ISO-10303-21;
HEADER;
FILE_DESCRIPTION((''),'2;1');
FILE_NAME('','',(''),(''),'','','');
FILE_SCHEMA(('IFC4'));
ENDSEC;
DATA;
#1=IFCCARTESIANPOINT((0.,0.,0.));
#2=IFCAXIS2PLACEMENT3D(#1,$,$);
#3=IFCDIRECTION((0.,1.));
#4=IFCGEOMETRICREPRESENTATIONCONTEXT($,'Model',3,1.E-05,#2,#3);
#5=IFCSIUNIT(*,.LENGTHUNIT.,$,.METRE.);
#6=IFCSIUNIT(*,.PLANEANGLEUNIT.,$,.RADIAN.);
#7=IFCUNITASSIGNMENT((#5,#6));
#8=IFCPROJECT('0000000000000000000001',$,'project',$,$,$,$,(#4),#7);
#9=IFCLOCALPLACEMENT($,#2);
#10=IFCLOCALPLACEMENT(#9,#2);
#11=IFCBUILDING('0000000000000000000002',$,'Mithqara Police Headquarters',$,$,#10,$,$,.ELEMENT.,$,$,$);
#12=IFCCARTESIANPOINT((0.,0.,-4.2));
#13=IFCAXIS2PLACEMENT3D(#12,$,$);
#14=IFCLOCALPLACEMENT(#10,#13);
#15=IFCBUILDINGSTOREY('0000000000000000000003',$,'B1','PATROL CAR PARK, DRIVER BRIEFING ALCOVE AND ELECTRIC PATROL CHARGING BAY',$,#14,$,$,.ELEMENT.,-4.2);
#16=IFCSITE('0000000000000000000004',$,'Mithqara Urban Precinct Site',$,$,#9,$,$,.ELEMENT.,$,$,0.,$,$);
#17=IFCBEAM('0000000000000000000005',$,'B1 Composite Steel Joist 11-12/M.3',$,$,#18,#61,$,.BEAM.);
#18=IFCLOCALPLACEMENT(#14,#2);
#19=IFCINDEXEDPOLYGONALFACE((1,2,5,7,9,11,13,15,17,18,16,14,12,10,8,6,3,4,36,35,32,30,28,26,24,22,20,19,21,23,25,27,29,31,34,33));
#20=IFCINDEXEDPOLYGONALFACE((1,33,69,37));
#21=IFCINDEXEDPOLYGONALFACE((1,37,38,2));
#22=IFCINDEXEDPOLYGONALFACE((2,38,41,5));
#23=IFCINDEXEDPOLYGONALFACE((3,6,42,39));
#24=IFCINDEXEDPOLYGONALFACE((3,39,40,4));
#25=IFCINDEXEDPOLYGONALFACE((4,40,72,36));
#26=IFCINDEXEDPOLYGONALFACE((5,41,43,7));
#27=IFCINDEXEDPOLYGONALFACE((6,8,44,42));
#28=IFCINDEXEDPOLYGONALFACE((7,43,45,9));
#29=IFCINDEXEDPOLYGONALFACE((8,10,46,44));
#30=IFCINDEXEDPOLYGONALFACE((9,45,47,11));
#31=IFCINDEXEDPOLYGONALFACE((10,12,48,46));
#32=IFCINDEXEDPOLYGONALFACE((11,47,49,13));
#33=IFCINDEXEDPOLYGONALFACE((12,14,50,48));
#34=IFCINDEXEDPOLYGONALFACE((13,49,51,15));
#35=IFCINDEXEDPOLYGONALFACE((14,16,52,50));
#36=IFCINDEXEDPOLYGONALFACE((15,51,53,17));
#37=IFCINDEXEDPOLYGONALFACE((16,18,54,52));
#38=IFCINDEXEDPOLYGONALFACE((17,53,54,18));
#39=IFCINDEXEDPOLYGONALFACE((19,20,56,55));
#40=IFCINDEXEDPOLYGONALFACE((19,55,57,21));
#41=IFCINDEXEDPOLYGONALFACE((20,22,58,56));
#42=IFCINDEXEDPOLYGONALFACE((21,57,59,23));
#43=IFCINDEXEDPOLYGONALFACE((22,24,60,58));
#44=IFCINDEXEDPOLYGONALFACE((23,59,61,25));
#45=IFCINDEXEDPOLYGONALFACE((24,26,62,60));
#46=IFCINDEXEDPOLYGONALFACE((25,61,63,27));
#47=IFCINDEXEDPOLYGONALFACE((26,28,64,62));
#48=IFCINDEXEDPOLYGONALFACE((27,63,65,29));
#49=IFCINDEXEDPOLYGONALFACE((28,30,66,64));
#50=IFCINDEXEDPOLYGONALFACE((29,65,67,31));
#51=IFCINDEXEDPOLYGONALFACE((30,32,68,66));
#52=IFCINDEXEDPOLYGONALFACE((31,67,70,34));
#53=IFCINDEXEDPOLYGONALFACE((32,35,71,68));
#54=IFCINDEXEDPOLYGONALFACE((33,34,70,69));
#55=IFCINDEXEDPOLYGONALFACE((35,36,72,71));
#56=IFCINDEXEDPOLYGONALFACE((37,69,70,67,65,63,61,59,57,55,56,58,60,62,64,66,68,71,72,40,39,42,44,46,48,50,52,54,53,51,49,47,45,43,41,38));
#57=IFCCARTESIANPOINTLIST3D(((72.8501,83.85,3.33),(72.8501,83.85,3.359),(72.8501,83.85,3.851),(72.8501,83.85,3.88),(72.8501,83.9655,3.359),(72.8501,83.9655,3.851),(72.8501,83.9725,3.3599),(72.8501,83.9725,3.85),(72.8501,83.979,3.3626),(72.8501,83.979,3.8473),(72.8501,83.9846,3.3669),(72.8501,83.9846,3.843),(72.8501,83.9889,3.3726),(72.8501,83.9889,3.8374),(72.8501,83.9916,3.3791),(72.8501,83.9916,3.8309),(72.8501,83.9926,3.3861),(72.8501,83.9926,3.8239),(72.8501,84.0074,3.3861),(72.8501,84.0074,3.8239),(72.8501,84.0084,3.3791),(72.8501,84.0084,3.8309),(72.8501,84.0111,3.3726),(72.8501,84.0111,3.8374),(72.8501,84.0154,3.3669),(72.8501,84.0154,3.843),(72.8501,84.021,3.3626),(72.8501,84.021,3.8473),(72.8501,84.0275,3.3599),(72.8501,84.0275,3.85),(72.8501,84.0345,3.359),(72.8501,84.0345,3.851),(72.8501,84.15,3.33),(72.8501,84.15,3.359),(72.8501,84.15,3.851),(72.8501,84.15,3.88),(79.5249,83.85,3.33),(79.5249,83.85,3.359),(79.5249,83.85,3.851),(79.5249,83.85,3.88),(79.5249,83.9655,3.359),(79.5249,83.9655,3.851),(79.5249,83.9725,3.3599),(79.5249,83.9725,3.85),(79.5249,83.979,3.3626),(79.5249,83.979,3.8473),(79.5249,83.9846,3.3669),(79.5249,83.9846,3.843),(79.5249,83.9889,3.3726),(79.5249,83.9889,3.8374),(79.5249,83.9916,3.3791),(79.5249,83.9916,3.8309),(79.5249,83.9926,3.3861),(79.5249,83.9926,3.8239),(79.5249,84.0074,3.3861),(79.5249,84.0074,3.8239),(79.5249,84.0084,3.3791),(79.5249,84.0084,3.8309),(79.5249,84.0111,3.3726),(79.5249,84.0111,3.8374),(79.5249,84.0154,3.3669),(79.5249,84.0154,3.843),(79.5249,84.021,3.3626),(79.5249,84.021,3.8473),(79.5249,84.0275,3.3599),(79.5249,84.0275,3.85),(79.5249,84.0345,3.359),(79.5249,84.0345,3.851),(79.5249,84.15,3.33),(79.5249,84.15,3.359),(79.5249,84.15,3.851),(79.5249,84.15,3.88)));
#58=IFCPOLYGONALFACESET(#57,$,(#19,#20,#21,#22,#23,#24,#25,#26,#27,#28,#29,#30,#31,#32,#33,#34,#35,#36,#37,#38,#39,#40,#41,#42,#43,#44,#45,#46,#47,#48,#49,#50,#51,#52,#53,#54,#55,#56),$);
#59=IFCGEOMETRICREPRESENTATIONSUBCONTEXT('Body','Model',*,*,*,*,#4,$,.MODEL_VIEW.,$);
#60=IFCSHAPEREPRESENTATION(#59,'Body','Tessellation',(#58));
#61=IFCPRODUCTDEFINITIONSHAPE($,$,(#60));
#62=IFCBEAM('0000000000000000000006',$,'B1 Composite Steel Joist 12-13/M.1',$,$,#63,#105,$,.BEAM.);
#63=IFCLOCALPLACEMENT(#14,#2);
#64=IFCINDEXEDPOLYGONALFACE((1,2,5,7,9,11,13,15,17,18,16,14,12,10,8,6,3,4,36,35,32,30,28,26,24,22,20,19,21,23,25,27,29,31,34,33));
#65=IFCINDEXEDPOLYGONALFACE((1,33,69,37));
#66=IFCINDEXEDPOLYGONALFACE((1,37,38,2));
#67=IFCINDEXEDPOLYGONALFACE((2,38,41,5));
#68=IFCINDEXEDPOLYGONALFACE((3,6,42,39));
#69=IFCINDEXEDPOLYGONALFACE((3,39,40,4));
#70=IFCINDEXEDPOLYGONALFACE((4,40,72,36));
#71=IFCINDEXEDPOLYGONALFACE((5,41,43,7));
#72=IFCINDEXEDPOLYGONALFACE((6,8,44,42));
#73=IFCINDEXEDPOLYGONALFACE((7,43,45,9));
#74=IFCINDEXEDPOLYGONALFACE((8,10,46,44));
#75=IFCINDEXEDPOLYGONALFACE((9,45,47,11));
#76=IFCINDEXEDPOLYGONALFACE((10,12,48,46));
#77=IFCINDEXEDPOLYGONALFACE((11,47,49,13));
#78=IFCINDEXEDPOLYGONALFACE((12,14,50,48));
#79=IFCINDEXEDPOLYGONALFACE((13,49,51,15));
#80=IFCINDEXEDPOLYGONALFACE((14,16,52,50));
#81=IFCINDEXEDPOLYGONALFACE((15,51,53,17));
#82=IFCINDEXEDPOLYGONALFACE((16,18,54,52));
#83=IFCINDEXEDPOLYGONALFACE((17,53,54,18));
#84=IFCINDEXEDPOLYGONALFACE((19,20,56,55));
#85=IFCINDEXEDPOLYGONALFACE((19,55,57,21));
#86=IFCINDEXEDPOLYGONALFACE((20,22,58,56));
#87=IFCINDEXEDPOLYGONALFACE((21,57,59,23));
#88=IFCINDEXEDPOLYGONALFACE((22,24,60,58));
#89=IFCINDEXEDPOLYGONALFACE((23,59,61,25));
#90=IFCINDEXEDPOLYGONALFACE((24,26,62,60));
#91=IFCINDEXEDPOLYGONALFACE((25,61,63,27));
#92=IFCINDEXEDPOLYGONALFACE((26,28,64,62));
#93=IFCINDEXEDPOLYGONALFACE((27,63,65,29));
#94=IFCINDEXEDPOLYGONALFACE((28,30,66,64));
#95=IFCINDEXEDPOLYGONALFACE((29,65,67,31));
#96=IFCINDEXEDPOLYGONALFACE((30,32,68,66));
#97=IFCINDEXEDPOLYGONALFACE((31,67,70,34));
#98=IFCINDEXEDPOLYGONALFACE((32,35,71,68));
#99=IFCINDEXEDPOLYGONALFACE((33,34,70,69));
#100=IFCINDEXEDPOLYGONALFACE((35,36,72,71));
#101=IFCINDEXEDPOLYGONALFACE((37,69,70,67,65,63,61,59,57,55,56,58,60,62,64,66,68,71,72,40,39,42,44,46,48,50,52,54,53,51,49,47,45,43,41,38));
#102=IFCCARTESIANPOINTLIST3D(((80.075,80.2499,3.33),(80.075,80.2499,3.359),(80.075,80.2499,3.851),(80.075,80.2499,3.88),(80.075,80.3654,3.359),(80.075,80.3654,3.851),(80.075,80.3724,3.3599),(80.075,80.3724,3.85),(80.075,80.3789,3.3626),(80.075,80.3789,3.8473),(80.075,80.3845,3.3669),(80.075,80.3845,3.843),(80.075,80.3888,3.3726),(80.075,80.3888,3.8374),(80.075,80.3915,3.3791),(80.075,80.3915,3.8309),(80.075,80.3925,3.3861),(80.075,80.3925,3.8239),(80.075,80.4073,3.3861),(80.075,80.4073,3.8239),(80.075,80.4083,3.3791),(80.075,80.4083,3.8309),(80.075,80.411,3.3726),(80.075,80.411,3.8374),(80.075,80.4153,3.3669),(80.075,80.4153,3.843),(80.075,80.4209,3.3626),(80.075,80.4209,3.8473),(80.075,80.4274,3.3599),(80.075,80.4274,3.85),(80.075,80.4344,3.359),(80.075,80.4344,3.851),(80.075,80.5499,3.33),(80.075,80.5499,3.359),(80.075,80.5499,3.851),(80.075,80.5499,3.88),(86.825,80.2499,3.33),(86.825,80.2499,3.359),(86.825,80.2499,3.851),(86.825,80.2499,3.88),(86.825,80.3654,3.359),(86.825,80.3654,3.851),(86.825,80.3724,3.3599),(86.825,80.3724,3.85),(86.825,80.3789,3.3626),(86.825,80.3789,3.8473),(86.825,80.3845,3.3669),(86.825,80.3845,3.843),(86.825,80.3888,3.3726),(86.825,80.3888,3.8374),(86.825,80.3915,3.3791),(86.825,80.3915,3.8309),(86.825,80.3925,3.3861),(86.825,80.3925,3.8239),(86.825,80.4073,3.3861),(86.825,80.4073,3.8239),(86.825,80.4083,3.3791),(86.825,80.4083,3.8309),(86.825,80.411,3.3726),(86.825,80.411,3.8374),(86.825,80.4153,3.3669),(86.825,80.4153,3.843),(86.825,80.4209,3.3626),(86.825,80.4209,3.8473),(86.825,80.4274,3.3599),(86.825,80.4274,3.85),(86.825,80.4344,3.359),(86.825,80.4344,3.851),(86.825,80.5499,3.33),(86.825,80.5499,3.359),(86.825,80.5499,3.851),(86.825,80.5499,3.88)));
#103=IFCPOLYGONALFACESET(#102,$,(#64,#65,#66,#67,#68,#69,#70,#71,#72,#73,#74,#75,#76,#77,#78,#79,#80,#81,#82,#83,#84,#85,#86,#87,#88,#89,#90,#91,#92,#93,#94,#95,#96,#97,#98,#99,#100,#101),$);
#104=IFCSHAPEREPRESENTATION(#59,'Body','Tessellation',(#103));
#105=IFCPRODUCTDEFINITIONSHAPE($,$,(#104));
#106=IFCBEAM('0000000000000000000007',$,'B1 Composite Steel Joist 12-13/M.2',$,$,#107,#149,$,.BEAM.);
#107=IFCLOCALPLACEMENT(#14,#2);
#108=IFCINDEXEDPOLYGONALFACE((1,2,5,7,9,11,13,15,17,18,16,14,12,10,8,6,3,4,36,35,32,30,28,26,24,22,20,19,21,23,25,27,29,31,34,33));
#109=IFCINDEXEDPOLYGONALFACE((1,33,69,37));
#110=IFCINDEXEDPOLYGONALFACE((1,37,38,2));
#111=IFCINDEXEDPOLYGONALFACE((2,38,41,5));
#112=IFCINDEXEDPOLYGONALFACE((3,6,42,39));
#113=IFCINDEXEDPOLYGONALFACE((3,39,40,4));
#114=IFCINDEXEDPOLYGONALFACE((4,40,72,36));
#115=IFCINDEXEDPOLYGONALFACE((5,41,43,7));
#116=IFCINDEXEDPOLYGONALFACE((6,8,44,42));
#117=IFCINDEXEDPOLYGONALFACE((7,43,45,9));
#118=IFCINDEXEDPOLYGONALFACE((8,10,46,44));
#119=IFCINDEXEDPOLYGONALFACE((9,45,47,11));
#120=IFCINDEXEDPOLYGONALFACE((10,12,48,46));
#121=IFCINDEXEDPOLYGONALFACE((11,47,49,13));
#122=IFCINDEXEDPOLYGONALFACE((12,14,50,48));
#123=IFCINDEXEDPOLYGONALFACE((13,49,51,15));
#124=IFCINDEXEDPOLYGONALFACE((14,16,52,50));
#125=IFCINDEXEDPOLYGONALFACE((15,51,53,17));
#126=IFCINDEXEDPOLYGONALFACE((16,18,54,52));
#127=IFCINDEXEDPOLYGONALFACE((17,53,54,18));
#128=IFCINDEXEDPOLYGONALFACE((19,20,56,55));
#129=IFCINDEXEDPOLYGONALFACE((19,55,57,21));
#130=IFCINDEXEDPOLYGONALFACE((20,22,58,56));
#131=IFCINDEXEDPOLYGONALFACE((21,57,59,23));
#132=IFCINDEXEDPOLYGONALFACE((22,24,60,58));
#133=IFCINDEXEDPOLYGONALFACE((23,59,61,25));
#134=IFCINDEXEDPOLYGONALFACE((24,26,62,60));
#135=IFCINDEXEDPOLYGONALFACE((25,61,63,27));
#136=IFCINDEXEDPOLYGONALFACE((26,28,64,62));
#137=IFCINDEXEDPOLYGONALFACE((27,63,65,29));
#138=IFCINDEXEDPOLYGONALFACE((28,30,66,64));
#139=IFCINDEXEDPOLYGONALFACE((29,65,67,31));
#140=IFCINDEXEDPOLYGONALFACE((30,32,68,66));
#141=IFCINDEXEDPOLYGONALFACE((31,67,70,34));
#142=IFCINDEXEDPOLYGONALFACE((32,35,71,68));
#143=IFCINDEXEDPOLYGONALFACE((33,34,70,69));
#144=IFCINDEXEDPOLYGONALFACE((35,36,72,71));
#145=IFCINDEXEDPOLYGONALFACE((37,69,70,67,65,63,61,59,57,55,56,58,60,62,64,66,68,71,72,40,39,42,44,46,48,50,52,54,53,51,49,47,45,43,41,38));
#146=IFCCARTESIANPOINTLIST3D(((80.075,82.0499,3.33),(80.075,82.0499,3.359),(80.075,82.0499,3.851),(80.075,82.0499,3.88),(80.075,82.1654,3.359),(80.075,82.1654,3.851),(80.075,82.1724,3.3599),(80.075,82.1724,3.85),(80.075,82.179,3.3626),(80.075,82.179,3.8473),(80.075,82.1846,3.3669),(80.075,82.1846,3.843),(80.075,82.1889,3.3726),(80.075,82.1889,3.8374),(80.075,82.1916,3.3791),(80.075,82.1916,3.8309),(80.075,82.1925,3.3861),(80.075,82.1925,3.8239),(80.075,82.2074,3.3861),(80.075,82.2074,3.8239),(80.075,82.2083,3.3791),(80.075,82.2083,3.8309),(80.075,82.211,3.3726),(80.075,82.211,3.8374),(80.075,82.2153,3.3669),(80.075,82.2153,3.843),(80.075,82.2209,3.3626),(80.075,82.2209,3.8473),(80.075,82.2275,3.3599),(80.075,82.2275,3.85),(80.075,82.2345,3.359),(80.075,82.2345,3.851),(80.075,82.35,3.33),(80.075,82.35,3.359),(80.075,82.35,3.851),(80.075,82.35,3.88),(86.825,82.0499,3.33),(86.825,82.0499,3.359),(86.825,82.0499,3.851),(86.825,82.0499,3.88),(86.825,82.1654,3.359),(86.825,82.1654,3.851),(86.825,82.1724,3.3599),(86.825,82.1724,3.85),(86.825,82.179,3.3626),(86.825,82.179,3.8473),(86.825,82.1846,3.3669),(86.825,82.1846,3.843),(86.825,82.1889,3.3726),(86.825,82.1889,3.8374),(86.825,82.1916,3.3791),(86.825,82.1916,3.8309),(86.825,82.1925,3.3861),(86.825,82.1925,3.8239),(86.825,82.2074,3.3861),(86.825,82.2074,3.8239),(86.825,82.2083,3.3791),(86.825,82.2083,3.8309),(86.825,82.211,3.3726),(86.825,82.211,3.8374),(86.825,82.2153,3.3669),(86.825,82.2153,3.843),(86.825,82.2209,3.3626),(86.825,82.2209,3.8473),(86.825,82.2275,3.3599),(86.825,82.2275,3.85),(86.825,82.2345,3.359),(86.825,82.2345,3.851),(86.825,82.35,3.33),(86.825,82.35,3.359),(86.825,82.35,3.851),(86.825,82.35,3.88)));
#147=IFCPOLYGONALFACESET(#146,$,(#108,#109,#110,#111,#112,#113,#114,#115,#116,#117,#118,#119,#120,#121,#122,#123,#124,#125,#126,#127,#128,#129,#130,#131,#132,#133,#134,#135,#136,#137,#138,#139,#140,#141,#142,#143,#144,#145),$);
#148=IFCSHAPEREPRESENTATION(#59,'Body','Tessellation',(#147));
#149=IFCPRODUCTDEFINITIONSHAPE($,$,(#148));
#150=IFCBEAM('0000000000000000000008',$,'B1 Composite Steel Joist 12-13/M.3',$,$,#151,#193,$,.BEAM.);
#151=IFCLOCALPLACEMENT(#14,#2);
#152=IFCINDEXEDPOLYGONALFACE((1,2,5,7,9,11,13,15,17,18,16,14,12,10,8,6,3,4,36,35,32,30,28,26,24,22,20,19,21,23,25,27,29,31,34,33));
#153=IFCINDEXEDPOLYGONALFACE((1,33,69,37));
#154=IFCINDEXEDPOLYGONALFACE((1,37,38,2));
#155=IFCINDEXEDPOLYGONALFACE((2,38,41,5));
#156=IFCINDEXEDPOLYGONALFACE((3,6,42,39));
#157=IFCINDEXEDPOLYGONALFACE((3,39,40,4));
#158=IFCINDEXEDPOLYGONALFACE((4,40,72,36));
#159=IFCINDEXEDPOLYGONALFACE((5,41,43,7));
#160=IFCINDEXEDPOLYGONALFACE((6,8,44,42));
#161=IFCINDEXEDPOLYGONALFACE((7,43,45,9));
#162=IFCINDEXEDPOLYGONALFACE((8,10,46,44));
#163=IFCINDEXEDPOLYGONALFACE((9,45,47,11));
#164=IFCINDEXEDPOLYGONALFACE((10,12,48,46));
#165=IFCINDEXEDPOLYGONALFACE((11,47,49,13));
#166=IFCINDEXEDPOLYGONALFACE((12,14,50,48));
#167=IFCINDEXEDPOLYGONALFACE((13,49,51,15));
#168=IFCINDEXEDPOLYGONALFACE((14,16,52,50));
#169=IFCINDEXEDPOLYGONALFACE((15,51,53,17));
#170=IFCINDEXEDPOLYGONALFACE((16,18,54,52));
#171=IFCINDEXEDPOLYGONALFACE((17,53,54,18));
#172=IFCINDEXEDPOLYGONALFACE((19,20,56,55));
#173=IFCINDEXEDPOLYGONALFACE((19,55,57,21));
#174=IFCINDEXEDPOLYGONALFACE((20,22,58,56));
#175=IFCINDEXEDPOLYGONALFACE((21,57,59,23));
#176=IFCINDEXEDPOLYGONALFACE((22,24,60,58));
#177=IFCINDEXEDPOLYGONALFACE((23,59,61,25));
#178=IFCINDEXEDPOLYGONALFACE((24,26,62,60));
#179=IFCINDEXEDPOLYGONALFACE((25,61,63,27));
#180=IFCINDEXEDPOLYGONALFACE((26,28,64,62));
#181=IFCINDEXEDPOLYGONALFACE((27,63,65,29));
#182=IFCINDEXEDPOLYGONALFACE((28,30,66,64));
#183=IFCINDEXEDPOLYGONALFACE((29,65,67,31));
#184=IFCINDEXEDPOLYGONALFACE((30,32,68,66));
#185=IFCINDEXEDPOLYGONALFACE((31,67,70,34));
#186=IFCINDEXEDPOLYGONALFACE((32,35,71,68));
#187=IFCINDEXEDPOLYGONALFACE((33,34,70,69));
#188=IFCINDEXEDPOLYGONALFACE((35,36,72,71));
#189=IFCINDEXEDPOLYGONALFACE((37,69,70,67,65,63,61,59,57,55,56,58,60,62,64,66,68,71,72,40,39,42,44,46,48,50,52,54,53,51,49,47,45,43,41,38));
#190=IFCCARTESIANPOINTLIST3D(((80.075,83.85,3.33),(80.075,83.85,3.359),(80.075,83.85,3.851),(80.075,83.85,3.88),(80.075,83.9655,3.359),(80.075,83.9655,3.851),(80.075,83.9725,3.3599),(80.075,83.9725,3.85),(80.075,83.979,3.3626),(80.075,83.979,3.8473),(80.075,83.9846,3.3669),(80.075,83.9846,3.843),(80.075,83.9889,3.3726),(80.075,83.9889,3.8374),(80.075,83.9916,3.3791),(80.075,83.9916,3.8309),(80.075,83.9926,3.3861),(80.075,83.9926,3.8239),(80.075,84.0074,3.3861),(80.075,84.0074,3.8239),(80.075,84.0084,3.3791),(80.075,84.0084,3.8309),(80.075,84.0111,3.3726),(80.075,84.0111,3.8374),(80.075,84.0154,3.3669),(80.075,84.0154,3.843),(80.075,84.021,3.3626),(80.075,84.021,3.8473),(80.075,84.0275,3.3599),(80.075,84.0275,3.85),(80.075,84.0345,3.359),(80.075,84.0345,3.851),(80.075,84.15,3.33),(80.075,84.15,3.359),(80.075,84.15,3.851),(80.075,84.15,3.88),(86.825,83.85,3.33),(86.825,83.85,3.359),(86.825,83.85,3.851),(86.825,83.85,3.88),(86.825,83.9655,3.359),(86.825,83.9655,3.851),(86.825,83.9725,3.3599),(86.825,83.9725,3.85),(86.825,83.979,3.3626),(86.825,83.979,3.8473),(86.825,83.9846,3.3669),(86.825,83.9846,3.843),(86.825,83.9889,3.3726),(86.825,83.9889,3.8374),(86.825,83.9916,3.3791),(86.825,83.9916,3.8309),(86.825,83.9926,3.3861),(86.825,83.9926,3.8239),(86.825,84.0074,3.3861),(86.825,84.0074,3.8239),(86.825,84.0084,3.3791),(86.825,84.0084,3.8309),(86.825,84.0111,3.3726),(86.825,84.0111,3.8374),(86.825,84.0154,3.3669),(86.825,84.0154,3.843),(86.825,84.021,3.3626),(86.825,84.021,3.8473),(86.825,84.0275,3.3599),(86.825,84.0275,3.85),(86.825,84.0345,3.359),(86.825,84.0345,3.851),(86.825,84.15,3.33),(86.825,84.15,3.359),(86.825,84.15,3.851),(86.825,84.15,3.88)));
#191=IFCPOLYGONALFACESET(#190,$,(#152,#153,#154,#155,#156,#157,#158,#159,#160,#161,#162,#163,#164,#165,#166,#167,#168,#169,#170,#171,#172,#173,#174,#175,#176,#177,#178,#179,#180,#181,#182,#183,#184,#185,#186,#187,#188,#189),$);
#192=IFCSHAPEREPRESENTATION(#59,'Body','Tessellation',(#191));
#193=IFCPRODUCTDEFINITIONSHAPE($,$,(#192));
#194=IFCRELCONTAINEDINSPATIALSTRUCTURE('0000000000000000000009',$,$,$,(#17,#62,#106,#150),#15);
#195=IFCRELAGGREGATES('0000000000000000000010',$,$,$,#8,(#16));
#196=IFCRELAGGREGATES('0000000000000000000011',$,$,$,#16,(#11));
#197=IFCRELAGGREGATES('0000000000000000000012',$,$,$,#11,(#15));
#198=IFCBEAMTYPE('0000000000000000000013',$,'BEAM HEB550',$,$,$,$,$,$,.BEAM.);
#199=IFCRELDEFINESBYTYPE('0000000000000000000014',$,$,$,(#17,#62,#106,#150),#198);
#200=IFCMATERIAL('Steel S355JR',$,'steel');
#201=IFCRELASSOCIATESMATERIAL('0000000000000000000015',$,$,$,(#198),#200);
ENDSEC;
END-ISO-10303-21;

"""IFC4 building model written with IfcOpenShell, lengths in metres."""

from ifc_helpers import new_model, si_unit, direction, frame, origin, origin_2d, place, context, subcontext, project, spatial, i_section, extrude, material, material_profile, profile_set, type_object, element, save


model = new_model("IFC4")

# Units and contexts
model_context = context("Model", 3, precision=1e-05, world=origin(), true_north=direction((0.0, 1.0)))
body_context = subcontext(model_context, "Body", "Model", "MODEL_VIEW")
ifc_project = project(units=[si_unit("LENGTHUNIT", "METRE"), si_unit("PLANEANGLEUNIT", "RADIAN")], contexts=[model_context])

# Site, building, storey
site_placement = place(None, origin())
site = spatial("IfcSite", under=ifc_project, at=site_placement, Name="Mithqara Urban Precinct Site", CompositionType="ELEMENT", RefElevation=0.0)
building_placement = place(site_placement, origin())
building = spatial("IfcBuilding", under=site, at=building_placement, Name="Mithqara Police Headquarters", CompositionType="ELEMENT")
storey_placement = place(building_placement, frame((0.0, 0.0, -4.2)))
storey = spatial("IfcBuildingStorey", under=building, at=storey_placement, Name="B1", Description="PATROL CAR PARK, DRIVER BRIEFING ALCOVE AND ELECTRIC PATROL CHARGING BAY", CompositionType="ELEMENT", Elevation=-4.2)

# Beams
ifc_material_1 = material(Name="Steel S355JR", Category="steel")
ifc_material_profile_1 = material_profile(ifc_material_1, i_section(OverallWidth=0.3, OverallDepth=0.55, WebThickness=0.0149, FlangeThickness=0.0291, FilletRadius=0.0271, at=origin_2d()), Name="HEB 550")
ifc_profile_set_1 = profile_set([ifc_material_profile_1], Name="Steel S355JR")
beam_type_1 = type_object("IfcBeamType", Name="BEAM HEB550", PredefinedType="BEAM", material=ifc_profile_set_1)
for number, where, z_axis, x_axis, name in (
    (1, (72.8501, 84.0, 3.605), (1.0, 0.0, 0.0), (0.0, 1.0, 0.0), "B1 Composite Steel Joist 11-12/M.3"),
):
    element("IfcBeam", number, at=place(storey_placement, frame(where, z_axis=z_axis, x_axis=x_axis)), inside=storey, type_object=beam_type_1, Name=name, PredefinedType="BEAM", context=body_context, shape_type="SweptSolid", body=[
        extrude(i_section(OverallWidth=0.3, OverallDepth=0.55, WebThickness=0.0149, FlangeThickness=0.0291, FilletRadius=0.0271, at=origin_2d()), origin(), (0.0, 0.0, 1.0), 6.6748),
    ])
for number, where, z_axis, x_axis, name in (
    (2, (80.075, 80.3999, 3.605), (1.0, 0.0, 0.0), (0.0, 1.0, 0.0), "B1 Composite Steel Joist 12-13/M.1"),
    (3, (80.075, 82.2, 3.605), (1.0, 0.0, 0.0), (0.0, 1.0, 0.0), "B1 Composite Steel Joist 12-13/M.2"),
    (4, (80.075, 84.0, 3.605), (1.0, 0.0, 0.0), (0.0, 1.0, 0.0), "B1 Composite Steel Joist 12-13/M.3"),
):
    element("IfcBeam", number, at=place(storey_placement, frame(where, z_axis=z_axis, x_axis=x_axis)), inside=storey, type_object=beam_type_1, Name=name, PredefinedType="BEAM", context=body_context, shape_type="SweptSolid", body=[
        extrude(i_section(OverallWidth=0.3, OverallDepth=0.55, WebThickness=0.0149, FlangeThickness=0.0291, FilletRadius=0.0271, at=origin_2d()), origin(), (0.0, 0.0, 1.0), 6.75),
    ])

save(model, "model.ifc")
